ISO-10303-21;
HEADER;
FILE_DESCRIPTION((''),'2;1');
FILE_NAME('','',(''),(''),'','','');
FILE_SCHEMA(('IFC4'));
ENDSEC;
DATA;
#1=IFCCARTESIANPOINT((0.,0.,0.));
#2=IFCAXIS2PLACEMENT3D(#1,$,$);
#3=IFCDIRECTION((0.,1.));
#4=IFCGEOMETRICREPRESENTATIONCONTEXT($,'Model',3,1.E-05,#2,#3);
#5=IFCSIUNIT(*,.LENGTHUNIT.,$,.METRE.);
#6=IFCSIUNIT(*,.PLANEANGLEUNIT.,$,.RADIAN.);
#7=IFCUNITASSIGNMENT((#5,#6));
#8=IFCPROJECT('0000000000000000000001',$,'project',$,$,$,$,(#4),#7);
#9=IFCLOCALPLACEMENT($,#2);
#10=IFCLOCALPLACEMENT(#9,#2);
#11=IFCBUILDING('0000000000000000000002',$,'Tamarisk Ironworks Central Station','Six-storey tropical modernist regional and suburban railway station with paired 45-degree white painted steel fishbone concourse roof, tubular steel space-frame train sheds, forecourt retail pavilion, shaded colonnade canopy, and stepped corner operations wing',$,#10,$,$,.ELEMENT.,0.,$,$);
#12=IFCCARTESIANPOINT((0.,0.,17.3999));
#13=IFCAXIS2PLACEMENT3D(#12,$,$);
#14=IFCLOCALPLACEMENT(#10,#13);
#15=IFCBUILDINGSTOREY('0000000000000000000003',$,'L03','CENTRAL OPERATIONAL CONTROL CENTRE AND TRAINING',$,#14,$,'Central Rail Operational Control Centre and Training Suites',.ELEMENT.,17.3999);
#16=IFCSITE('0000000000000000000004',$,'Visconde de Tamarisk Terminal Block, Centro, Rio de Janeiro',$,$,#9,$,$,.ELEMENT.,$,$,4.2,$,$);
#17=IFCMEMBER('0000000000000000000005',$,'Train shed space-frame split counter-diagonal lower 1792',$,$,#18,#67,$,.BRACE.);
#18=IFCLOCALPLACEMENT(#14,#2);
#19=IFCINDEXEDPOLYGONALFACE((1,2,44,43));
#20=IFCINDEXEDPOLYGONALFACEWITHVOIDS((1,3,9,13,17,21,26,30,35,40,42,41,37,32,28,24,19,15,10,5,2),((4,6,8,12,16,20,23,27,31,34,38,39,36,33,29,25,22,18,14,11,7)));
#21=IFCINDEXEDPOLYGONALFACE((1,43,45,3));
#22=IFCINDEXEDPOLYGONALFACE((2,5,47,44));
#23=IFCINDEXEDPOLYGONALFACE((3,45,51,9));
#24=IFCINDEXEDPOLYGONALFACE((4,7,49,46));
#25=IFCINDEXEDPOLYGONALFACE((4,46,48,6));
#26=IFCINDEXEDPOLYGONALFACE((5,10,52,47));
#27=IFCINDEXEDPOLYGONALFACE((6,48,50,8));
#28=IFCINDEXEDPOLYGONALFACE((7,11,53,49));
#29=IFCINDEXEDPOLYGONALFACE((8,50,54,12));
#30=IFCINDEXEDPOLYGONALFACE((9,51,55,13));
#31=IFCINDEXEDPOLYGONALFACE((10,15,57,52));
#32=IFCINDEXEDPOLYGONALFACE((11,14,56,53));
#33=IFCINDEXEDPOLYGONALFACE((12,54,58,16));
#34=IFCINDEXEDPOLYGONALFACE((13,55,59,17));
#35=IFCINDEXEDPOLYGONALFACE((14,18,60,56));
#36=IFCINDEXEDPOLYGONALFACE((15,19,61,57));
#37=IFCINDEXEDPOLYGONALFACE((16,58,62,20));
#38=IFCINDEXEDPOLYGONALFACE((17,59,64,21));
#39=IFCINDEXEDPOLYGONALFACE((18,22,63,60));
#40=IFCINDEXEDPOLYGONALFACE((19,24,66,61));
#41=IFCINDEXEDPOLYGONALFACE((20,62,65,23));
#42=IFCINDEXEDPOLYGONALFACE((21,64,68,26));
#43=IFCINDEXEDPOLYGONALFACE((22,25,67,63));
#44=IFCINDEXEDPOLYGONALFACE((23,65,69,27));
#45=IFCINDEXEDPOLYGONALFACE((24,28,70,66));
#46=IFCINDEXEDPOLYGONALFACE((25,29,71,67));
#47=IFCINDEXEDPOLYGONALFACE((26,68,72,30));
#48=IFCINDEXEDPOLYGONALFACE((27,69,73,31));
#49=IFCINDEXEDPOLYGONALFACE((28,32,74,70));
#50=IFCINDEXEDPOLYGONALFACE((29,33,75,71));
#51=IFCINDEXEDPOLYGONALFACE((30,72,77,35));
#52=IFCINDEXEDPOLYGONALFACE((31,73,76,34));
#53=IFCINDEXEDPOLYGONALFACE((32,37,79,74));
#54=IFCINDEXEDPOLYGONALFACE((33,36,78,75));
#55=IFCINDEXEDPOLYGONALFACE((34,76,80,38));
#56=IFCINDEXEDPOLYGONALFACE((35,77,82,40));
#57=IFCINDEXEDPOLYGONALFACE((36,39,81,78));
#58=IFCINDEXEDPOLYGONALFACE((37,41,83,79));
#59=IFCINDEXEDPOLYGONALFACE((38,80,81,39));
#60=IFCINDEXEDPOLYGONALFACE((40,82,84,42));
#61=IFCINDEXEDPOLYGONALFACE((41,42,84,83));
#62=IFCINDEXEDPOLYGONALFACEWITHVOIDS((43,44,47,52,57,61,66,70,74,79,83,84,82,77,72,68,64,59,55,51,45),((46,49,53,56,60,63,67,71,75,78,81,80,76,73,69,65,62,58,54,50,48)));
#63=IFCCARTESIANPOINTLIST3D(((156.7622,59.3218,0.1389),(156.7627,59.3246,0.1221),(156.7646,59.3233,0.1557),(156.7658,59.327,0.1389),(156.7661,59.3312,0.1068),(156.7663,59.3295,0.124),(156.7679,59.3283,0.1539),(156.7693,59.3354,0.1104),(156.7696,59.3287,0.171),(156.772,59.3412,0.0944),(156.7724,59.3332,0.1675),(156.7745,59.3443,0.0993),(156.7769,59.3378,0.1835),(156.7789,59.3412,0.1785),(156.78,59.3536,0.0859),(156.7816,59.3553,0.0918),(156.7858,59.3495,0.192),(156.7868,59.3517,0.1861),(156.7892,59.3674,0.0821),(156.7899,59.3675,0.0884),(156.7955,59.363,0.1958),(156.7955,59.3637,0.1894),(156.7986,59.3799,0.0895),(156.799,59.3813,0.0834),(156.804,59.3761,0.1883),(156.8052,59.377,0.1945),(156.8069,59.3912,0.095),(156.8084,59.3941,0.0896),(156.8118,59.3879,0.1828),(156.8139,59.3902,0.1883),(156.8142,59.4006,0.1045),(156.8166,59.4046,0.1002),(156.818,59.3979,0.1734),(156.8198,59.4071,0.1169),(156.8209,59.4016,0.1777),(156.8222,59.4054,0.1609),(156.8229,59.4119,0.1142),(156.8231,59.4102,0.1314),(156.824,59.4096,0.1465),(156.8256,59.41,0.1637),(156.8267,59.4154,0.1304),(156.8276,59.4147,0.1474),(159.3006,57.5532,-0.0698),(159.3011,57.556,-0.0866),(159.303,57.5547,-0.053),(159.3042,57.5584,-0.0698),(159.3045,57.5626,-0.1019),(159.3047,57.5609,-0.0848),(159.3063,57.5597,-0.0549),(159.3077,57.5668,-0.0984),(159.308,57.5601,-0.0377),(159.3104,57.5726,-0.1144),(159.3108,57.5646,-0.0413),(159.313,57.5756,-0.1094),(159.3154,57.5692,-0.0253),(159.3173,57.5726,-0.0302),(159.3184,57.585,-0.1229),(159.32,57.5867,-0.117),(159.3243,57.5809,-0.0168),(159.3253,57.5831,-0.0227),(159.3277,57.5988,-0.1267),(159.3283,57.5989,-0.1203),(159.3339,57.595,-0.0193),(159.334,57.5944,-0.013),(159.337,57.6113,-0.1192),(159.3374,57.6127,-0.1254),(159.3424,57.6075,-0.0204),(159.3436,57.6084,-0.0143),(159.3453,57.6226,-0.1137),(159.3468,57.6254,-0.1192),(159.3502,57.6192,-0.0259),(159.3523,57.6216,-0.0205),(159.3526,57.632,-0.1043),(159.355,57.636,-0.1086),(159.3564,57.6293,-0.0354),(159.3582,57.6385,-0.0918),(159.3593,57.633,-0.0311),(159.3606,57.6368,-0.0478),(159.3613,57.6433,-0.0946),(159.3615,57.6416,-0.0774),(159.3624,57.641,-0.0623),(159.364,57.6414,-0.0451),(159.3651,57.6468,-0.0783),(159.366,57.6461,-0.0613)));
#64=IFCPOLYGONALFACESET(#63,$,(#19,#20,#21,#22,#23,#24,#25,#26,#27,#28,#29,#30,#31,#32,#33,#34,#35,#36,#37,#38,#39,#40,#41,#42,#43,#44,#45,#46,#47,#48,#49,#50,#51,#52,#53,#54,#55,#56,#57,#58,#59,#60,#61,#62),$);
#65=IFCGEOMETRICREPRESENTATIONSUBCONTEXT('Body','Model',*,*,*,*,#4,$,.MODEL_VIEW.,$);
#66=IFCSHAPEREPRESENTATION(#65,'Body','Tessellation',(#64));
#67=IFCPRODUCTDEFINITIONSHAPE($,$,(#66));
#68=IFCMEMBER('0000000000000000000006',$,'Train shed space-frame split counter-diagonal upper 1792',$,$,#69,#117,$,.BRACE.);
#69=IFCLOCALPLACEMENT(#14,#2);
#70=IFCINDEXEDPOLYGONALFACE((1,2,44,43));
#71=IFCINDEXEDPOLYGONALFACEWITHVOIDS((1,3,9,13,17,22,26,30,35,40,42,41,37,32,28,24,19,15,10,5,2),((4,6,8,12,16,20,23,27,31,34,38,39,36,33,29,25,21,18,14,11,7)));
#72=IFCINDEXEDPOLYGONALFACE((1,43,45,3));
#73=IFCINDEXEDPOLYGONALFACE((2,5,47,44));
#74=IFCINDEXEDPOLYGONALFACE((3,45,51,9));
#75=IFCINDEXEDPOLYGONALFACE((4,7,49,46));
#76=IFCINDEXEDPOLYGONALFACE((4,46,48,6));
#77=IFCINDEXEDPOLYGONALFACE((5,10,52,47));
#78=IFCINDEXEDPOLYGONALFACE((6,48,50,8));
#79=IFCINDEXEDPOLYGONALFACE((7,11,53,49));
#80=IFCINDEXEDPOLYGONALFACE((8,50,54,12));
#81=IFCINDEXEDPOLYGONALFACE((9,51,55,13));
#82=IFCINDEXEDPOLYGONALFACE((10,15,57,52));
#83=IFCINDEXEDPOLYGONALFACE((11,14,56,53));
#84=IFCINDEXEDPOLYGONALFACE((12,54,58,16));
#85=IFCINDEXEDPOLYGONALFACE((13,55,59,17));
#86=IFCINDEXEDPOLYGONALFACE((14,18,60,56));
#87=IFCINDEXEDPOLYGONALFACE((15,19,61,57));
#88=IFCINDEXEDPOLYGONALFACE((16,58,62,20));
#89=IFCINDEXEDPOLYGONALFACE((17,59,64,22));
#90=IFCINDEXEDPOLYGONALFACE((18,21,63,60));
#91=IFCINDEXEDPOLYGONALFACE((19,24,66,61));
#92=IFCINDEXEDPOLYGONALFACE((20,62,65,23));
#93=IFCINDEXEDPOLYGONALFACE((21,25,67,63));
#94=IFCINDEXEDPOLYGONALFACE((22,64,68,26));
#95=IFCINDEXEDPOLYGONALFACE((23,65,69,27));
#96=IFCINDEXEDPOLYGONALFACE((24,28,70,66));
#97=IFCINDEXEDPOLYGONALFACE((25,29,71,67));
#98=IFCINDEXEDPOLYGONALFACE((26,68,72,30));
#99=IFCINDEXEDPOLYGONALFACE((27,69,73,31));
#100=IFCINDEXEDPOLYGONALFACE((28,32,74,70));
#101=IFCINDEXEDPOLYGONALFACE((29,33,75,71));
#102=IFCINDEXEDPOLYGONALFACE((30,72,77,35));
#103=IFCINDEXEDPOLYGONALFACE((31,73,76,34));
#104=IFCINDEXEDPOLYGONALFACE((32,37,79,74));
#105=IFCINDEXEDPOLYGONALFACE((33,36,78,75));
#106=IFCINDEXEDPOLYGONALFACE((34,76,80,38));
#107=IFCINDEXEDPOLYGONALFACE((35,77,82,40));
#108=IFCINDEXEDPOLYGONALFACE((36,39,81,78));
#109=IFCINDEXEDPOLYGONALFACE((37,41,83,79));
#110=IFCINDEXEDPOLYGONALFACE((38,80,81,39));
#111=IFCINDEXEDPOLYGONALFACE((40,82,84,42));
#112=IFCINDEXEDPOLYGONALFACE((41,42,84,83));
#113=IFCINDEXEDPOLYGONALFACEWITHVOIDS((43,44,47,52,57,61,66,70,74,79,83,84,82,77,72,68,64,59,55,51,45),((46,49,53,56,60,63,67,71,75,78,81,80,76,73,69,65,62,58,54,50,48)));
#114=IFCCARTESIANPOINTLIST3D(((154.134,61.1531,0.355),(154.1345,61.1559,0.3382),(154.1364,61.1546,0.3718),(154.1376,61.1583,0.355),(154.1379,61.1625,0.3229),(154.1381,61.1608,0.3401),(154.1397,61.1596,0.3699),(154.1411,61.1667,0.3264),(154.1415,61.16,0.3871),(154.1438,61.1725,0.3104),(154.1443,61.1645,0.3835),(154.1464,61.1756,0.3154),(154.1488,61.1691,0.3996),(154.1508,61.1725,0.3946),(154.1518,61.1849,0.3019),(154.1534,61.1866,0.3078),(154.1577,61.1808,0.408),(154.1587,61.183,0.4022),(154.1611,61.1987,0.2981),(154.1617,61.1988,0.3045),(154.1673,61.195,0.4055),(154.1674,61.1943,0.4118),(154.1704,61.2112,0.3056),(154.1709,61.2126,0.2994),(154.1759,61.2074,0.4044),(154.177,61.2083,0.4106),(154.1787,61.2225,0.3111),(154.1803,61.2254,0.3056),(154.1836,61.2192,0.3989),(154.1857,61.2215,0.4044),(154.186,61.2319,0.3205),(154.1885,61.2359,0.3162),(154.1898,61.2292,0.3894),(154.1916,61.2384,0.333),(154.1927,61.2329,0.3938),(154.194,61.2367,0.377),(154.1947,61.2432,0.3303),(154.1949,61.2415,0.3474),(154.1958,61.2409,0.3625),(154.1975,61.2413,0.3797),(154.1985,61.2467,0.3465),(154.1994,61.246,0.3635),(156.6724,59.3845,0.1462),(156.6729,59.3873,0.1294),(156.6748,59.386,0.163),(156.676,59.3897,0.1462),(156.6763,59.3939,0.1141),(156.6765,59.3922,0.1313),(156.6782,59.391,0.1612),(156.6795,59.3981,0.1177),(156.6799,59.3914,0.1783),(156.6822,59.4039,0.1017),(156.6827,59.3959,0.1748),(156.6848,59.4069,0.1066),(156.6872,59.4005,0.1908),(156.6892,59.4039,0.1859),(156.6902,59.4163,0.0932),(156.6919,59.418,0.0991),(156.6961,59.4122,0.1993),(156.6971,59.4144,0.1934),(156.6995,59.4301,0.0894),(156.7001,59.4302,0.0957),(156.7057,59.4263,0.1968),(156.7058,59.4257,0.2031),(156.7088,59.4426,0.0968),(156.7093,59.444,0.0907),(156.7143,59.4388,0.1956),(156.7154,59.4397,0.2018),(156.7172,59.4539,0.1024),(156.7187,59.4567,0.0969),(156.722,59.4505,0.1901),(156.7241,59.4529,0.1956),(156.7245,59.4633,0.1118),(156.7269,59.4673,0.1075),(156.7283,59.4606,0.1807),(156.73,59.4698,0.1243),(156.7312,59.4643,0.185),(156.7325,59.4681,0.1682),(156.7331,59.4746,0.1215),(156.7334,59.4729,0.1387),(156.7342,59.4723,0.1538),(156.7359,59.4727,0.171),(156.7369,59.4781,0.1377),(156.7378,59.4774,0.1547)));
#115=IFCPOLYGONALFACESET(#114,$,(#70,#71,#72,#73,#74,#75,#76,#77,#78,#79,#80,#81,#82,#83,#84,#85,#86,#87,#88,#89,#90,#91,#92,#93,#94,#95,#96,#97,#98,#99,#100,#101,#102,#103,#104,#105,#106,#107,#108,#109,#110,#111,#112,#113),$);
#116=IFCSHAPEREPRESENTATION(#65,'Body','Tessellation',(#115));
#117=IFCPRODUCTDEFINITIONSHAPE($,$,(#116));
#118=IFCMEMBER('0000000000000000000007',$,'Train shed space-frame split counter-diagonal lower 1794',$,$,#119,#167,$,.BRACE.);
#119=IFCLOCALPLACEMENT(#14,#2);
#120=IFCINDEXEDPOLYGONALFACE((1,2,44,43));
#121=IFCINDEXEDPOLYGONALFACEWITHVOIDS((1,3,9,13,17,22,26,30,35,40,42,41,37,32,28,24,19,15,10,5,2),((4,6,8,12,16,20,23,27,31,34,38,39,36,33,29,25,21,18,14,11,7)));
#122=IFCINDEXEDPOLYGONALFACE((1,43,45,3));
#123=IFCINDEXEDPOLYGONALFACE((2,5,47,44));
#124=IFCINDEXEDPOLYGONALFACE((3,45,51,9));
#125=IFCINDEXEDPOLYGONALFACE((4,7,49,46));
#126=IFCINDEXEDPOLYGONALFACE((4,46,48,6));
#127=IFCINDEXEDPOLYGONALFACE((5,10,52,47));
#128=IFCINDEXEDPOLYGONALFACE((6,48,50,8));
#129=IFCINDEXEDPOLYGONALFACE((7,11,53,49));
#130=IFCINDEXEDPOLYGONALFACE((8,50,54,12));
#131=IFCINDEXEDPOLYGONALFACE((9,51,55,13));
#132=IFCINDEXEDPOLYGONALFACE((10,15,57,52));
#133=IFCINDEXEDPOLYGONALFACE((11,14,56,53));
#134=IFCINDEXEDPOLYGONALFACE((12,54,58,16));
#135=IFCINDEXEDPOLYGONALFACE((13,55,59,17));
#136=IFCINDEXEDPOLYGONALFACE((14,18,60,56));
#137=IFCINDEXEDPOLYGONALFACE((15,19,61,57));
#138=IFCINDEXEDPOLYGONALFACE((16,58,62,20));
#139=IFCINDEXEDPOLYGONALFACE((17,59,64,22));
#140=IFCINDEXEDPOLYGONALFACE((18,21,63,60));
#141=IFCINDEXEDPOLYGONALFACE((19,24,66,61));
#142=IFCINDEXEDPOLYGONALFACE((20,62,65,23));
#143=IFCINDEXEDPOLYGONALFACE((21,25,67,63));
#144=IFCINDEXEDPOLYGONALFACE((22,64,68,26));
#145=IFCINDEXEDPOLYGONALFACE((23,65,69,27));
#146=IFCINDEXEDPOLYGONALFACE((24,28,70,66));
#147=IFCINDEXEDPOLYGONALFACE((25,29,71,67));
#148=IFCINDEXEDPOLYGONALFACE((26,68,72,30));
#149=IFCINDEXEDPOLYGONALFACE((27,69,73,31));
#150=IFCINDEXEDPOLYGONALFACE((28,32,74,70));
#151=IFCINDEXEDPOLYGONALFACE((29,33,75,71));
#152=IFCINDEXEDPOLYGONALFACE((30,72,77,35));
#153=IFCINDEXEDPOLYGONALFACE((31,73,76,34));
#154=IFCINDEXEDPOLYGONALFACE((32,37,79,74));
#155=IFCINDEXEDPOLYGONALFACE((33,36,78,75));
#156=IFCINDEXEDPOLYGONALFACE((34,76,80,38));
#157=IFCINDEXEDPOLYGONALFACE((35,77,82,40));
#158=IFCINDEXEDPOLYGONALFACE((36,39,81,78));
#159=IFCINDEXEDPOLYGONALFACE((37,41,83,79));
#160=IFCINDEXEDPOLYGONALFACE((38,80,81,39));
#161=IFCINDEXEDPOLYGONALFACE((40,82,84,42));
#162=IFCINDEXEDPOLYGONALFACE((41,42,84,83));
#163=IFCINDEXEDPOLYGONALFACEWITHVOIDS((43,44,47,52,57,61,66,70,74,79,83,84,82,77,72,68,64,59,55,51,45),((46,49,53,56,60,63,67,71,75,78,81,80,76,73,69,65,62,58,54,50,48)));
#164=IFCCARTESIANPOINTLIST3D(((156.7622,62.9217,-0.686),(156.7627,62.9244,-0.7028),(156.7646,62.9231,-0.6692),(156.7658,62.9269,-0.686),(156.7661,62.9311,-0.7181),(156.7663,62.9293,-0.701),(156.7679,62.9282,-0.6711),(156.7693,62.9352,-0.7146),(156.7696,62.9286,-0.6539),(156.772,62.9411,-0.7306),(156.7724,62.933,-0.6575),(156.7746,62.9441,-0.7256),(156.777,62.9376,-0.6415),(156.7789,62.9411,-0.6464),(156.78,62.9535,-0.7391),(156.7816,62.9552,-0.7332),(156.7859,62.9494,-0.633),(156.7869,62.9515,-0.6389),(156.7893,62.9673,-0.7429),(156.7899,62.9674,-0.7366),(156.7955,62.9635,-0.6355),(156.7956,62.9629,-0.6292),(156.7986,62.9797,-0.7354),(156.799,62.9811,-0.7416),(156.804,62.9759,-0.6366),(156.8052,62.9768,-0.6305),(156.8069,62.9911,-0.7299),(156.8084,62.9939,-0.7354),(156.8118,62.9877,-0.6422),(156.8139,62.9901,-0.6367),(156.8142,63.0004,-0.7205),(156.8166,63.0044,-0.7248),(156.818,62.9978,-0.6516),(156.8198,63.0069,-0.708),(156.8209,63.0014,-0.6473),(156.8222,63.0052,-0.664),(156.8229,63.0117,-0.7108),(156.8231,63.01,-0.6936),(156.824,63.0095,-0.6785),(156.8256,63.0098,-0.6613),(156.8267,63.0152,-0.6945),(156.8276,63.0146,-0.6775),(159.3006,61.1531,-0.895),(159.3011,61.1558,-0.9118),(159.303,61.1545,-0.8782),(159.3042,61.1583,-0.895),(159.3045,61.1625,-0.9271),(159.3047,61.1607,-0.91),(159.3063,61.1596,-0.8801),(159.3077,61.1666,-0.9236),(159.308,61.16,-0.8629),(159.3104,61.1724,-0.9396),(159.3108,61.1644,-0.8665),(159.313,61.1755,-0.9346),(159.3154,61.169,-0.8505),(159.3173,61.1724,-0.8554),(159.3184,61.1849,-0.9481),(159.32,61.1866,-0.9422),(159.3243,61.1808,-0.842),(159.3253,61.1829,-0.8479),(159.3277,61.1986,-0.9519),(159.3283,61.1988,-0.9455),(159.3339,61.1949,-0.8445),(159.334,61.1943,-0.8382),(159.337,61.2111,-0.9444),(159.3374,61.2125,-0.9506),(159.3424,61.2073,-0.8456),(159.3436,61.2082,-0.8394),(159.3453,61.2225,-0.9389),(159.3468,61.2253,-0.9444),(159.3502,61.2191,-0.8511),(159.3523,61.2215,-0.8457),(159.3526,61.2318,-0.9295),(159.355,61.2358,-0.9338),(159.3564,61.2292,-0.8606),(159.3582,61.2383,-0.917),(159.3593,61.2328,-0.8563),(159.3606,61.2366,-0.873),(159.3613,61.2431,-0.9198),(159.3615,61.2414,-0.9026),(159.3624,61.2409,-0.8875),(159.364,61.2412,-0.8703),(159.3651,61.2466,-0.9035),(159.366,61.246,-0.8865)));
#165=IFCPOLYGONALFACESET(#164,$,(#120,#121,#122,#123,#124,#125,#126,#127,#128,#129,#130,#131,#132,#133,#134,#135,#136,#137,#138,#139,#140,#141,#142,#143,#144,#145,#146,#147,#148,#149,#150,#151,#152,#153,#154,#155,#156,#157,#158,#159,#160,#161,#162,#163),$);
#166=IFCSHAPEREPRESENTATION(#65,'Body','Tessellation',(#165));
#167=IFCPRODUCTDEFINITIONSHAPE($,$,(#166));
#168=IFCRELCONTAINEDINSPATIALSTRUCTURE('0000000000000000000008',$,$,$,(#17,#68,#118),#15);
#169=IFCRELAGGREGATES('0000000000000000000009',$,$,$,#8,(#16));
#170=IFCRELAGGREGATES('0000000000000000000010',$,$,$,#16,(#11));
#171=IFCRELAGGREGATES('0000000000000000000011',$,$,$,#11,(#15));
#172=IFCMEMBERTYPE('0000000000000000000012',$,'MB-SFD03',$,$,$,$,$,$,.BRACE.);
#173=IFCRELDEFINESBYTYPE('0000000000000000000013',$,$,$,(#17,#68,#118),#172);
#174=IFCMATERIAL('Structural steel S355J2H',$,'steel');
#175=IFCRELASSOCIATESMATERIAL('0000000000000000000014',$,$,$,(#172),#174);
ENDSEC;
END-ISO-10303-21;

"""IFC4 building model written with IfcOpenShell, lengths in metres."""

from ifc_helpers import new_model, si_unit, direction, frame, origin, origin_2d, place, context, subcontext, project, spatial, hollow_circle, extrude, material, material_profile, profile_set, type_object, element, save


model = new_model("IFC4")

# Units and contexts
model_context = context("Model", 3, precision=1e-05, world=origin(), true_north=direction((0.0, 1.0)))
body_context = subcontext(model_context, "Body", "Model", "MODEL_VIEW")
ifc_project = project(units=[si_unit("LENGTHUNIT", "METRE"), si_unit("PLANEANGLEUNIT", "RADIAN")], contexts=[model_context])

# Site, building, storey
site_placement = place(None, origin())
site = spatial("IfcSite", under=ifc_project, at=site_placement, Name="Visconde de Tamarisk Terminal Block, Centro, Rio de Janeiro", CompositionType="ELEMENT", RefElevation=4.2)
building_placement = place(site_placement, origin())
building = spatial("IfcBuilding", under=site, at=building_placement, Name="Tamarisk Ironworks Central Station", Description="Six-storey tropical modernist regional and suburban railway station with paired 45-degree white painted steel fishbone concourse roof, tubular steel space-frame train sheds, forecourt retail pavilion, shaded colonnade canopy, and stepped corner operations wing", CompositionType="ELEMENT", ElevationOfRefHeight=0.0)
storey_placement = place(building_placement, frame((0.0, 0.0, 17.3999)))
storey = spatial("IfcBuildingStorey", under=building, at=storey_placement, Name="L03", Description="CENTRAL OPERATIONAL CONTROL CENTRE AND TRAINING", LongName="Central Rail Operational Control Centre and Training Suites", CompositionType="ELEMENT", Elevation=17.3999)

# Members
ifc_material = material(Name="Structural steel S355J2H", Category="steel")
ifc_material_profile_1 = material_profile(ifc_material, hollow_circle(Radius=0.0571, WallThickness=0.0063, at=origin_2d()), Name="CHS 114.3x6.3")
ifc_profile_set_1 = profile_set([ifc_material_profile_1], Name="Structural steel S355J2H")
member_type_1 = type_object("IfcMemberType", Name="MB-SFD03", PredefinedType="BRACE", material=ifc_profile_set_1)
for number, where, z_axis, x_axis, name in (
    (1, (159.3333, 57.6001, -0.0698), (-0.818625, 0.570369, 0.06732), (-0.571666, -0.820487, 0.0), "Train shed space-frame split counter-diagonal lower 1792"),
    (2, (156.7051, 59.4314, 0.1462), (-0.818625, 0.570369, 0.06732), (-0.571666, -0.820487, 0.0), "Train shed space-frame split counter-diagonal upper 1792"),
    (3, (159.3333, 61.2, -0.895), (-0.818621, 0.570366, 0.067398), (-0.571666, -0.820487, 0.0), "Train shed space-frame split counter-diagonal lower 1794"),
):
    element("IfcMember", number, at=place(storey_placement, frame(where, z_axis=z_axis, x_axis=x_axis)), inside=storey, type_object=member_type_1, Name=name, PredefinedType="BRACE", context=body_context, shape_type="SweptSolid", body=[
        extrude(hollow_circle(Radius=0.0571, WallThickness=0.0063, at=origin_2d()), origin(), (0.0, 0.0, 1.0), 3.1008),
    ])

save(model, "model.ifc")
